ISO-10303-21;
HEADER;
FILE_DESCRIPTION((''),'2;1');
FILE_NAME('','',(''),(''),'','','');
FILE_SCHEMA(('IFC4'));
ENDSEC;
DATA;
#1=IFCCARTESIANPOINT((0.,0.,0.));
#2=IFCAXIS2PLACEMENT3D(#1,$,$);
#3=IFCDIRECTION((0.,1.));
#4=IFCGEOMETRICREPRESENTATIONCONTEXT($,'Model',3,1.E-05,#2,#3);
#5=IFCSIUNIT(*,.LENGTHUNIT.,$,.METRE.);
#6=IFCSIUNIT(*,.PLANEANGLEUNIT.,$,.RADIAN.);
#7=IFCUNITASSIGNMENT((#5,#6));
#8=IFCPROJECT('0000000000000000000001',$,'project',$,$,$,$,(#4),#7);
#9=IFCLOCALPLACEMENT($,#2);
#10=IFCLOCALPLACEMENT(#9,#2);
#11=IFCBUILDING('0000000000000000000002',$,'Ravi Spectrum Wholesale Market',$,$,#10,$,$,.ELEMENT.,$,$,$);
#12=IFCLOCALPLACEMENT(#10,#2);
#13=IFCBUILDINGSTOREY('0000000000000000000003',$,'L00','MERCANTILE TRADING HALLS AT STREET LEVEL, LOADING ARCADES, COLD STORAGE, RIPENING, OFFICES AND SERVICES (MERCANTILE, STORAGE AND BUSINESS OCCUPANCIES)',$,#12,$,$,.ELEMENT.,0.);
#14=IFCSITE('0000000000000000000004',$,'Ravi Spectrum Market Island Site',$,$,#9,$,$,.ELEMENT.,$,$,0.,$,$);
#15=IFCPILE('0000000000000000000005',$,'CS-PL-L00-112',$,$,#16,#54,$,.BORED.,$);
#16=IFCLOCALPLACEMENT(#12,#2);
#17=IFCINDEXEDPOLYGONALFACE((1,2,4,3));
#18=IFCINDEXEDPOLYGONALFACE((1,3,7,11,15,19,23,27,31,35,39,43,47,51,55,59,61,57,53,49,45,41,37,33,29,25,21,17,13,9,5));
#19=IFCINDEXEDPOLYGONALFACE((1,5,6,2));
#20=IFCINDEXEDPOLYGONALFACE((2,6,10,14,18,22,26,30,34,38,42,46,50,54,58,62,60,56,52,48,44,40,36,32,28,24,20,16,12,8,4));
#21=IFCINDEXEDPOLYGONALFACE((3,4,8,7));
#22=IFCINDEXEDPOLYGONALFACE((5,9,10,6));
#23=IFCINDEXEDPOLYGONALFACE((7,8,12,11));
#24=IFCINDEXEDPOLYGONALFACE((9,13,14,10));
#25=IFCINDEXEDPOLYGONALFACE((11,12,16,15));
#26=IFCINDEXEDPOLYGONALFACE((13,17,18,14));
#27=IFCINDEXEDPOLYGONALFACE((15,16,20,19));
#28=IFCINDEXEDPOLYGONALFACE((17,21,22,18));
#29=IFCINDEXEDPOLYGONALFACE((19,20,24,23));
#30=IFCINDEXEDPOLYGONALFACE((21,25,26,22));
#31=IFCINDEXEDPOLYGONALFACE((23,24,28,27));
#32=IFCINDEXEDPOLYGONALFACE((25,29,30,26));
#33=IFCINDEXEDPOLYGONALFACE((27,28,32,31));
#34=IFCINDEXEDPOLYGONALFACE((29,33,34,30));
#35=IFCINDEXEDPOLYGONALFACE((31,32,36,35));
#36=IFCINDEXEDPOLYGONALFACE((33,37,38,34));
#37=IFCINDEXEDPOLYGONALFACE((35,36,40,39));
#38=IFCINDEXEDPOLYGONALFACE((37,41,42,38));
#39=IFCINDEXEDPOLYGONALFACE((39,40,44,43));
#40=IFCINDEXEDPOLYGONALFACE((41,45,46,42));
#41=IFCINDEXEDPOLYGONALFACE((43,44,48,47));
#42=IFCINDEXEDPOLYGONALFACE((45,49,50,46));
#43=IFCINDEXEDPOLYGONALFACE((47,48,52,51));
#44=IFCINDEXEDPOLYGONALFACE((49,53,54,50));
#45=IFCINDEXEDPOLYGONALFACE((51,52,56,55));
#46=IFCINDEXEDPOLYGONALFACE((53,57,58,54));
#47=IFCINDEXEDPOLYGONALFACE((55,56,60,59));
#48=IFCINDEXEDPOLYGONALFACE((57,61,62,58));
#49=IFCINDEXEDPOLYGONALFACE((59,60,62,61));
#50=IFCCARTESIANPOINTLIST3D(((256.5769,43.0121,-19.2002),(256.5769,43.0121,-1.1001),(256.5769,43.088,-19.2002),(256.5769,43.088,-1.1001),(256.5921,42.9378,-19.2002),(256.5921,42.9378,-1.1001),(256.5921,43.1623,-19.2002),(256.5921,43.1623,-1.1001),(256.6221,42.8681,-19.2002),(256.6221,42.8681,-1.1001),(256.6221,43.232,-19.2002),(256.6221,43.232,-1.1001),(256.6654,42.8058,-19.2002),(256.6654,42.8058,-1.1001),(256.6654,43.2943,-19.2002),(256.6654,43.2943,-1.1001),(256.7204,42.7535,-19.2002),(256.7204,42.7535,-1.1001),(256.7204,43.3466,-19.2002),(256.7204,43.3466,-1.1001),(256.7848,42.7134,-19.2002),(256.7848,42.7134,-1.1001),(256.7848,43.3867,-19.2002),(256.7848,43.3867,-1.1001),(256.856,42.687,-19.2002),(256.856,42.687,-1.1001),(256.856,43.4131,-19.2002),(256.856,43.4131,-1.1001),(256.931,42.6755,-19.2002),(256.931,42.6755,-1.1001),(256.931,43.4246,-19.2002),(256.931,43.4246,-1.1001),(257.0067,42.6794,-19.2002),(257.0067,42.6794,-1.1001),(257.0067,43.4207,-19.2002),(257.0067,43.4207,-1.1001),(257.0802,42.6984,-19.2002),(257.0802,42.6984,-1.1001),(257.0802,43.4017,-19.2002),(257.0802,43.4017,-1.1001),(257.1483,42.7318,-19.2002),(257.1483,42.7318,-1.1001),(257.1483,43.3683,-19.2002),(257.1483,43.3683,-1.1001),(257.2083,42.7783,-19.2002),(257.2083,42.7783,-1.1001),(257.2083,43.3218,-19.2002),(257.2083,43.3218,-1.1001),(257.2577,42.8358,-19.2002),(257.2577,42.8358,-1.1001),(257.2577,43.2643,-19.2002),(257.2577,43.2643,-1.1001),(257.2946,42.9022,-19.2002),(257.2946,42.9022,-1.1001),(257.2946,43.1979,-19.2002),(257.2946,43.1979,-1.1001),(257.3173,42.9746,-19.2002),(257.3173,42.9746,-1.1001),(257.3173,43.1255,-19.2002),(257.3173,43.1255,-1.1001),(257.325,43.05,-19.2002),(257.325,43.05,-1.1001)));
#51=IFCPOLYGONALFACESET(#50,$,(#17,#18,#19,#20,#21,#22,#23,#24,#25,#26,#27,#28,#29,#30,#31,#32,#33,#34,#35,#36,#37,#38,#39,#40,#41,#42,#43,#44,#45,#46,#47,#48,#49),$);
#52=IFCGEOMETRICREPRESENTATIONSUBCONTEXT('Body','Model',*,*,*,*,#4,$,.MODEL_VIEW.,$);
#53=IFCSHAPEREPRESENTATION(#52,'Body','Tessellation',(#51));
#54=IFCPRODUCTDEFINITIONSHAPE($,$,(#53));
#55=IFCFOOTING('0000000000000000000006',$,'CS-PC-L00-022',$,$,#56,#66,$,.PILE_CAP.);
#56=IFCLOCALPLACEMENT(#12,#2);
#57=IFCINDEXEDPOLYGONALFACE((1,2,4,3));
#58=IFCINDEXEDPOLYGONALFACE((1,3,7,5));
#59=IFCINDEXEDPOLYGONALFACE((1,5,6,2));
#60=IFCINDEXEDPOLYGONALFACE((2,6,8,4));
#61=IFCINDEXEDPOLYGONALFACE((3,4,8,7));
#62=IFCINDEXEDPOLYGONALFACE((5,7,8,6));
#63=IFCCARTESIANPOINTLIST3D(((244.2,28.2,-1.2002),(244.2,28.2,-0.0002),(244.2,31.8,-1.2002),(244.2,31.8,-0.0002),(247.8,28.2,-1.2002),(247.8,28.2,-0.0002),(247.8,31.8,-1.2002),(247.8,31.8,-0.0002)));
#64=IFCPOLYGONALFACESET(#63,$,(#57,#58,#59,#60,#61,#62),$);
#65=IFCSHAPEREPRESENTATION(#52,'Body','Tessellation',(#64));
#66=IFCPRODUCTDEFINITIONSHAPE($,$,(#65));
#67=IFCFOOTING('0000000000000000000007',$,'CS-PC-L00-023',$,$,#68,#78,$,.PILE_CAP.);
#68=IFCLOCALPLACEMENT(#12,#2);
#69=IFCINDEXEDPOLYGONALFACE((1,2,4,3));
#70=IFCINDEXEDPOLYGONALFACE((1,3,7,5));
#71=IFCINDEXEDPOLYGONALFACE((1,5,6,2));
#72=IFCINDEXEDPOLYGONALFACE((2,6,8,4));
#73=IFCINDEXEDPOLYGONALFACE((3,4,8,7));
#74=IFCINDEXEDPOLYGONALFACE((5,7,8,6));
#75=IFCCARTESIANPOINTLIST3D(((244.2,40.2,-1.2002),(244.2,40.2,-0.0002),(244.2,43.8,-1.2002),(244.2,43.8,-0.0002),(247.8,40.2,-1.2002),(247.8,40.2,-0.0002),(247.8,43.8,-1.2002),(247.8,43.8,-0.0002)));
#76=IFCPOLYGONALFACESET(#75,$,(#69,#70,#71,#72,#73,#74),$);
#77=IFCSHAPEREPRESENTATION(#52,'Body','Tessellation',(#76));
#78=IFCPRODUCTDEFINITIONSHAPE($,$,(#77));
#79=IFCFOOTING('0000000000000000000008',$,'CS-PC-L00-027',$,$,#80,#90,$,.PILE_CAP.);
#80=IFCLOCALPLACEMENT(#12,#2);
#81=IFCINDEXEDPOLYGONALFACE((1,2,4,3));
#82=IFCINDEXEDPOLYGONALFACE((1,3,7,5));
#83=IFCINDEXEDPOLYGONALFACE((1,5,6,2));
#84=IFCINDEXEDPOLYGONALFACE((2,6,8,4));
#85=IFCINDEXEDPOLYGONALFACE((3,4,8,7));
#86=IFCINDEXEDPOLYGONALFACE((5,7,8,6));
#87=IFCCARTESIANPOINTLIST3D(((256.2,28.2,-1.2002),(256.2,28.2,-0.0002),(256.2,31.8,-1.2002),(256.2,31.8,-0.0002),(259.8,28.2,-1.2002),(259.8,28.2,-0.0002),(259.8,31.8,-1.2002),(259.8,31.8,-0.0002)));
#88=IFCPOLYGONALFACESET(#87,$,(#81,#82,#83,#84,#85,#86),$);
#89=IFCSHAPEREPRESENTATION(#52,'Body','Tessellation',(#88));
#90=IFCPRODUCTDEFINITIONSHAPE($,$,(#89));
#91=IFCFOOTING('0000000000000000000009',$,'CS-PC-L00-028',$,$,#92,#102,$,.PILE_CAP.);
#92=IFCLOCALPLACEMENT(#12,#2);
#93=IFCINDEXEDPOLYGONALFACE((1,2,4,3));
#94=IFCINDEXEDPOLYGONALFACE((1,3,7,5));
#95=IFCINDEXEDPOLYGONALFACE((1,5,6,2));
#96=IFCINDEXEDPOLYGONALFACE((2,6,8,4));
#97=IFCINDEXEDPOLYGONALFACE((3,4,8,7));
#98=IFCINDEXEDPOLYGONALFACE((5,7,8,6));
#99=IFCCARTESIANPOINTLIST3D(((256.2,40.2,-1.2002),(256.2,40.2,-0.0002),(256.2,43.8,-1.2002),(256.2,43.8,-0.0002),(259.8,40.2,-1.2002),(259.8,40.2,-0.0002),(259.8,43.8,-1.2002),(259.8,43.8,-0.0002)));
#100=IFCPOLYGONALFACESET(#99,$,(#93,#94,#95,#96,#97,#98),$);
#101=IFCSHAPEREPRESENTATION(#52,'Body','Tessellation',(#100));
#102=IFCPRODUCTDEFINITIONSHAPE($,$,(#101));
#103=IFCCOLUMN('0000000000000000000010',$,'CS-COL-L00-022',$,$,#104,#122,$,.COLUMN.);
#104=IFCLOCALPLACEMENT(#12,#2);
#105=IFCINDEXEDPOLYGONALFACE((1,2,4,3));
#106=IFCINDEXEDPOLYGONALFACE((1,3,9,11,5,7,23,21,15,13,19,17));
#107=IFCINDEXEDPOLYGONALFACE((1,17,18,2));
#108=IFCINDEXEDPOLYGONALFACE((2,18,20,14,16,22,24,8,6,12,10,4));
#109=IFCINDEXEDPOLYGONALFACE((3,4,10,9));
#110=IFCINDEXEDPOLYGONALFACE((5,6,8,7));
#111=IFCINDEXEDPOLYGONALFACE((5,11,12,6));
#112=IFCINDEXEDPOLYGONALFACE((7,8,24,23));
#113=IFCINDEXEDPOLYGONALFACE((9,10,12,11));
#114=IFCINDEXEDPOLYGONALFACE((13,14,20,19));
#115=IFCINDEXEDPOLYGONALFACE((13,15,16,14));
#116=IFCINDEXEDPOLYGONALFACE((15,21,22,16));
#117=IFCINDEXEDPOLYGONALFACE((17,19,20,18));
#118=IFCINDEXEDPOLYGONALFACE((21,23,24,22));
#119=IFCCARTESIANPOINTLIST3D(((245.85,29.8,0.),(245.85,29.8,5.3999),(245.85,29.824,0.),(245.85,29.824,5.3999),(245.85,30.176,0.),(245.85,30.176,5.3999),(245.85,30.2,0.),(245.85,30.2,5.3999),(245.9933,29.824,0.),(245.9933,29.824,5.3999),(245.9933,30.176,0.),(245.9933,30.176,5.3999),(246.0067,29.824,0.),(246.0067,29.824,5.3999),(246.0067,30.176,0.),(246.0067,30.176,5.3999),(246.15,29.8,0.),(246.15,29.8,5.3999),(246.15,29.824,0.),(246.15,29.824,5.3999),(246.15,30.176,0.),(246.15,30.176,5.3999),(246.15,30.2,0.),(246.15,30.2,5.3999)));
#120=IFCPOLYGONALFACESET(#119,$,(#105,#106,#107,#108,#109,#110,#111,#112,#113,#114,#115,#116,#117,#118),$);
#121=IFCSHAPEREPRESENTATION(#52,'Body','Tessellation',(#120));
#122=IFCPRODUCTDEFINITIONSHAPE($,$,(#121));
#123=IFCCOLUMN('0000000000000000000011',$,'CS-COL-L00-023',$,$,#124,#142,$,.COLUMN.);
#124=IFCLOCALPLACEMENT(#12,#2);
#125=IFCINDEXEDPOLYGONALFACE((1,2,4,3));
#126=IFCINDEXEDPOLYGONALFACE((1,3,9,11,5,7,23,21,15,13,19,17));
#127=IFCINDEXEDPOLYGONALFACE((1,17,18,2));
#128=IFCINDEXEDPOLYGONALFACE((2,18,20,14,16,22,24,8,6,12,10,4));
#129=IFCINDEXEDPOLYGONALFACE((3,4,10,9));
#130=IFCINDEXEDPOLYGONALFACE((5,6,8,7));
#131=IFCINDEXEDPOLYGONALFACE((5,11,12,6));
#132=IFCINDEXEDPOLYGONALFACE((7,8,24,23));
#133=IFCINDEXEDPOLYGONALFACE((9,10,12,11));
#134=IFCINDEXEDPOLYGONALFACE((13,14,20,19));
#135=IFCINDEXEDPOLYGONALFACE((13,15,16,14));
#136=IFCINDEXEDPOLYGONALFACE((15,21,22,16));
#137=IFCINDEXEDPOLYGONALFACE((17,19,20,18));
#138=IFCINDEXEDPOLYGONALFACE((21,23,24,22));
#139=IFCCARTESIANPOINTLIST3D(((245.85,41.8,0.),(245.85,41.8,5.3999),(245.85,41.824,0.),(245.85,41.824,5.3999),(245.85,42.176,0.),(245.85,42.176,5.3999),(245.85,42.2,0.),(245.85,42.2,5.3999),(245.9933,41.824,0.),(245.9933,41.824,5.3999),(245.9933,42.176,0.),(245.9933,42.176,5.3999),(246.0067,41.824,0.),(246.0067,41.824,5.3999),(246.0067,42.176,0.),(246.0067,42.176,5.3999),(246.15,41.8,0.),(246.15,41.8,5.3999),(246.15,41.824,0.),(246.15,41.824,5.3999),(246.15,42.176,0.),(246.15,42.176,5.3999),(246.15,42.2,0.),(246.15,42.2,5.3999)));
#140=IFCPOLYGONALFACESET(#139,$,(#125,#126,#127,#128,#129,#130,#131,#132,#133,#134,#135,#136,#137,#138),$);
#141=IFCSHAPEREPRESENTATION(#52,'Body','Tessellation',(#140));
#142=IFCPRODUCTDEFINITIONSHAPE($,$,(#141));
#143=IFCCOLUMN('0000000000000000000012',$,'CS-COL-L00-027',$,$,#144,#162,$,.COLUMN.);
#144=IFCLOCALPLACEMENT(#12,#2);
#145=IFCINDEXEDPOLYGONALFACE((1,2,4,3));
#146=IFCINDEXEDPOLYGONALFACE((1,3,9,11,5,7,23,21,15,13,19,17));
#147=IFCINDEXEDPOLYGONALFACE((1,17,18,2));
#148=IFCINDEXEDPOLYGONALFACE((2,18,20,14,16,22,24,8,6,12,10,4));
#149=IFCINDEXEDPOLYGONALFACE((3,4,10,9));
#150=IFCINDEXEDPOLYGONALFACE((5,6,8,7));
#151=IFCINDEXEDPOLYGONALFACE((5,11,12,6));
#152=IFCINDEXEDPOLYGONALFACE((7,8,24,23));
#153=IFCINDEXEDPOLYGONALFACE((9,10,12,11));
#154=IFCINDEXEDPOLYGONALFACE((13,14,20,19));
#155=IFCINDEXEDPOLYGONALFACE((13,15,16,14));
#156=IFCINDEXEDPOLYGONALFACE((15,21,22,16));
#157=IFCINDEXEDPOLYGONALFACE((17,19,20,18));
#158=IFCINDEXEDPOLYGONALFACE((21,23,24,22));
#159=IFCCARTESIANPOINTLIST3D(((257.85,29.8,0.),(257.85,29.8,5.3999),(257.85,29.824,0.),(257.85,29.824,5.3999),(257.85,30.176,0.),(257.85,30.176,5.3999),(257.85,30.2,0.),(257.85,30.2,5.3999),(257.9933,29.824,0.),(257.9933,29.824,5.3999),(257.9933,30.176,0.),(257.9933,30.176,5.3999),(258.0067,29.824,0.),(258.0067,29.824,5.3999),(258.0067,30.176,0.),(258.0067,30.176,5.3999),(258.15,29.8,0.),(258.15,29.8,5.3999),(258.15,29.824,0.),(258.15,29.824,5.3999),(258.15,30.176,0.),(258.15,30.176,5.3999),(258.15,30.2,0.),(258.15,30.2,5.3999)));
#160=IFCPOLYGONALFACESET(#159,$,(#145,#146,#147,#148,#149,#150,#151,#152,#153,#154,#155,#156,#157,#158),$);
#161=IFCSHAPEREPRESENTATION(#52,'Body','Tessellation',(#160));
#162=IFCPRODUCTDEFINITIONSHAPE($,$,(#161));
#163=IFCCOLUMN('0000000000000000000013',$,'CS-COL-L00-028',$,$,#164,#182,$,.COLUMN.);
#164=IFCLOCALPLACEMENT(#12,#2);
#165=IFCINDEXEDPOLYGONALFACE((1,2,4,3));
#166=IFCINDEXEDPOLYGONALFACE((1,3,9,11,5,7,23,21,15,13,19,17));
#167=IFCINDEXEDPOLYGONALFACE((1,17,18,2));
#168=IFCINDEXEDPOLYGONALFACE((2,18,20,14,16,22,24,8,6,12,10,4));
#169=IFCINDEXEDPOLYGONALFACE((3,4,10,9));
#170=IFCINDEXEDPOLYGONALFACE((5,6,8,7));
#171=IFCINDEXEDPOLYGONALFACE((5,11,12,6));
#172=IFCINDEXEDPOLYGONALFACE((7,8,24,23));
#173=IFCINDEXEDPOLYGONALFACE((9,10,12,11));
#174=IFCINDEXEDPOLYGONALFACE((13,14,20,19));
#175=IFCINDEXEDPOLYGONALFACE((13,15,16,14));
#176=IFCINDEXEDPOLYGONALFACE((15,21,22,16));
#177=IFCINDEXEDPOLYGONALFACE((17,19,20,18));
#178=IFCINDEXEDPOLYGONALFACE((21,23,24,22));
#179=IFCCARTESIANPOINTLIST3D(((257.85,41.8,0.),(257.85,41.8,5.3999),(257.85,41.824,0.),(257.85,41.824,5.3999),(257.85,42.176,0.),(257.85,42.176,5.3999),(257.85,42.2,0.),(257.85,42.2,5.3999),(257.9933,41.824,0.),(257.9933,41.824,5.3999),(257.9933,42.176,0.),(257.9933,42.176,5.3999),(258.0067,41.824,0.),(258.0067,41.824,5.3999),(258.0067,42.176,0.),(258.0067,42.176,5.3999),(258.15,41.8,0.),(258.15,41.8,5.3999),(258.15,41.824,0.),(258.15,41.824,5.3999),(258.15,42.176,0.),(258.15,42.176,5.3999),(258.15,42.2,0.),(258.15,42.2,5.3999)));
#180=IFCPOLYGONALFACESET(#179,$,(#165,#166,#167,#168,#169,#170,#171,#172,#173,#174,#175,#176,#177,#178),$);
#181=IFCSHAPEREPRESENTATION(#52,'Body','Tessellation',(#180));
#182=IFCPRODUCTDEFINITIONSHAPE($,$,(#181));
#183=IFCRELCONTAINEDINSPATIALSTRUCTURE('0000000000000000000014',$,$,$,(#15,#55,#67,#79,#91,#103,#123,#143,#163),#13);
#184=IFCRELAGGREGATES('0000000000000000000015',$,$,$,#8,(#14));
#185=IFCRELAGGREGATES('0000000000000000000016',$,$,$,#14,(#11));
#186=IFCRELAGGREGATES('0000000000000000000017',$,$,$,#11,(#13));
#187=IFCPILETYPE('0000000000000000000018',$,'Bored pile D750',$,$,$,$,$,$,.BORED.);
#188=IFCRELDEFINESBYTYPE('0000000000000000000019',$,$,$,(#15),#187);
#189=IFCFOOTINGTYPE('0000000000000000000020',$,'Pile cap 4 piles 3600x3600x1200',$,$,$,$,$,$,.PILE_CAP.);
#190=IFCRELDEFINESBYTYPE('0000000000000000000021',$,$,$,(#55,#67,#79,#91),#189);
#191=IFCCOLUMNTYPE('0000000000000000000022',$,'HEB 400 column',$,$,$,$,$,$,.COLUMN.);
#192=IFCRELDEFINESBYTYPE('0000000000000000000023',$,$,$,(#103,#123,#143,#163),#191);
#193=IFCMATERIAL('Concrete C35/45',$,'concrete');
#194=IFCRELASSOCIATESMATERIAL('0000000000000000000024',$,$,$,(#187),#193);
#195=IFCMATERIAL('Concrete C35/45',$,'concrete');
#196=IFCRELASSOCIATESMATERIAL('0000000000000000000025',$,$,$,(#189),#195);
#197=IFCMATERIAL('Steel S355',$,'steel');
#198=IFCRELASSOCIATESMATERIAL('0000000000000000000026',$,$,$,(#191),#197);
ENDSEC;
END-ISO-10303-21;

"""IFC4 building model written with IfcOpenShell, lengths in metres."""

from ifc_helpers import new_model, si_unit, direction, frame, origin, origin_2d, place, context, subcontext, project, spatial, rectangle, circle, i_section, extrude, material, material_profile, profile_set, type_object, element, save


model = new_model("IFC4")

# Units and contexts
model_context = context("Model", 3, precision=1e-05, world=origin(), true_north=direction((0.0, 1.0)))
body_context = subcontext(model_context, "Body", "Model", "MODEL_VIEW")
ifc_project = project(units=[si_unit("LENGTHUNIT", "METRE"), si_unit("PLANEANGLEUNIT", "RADIAN")], contexts=[model_context])

# Site, building, storey
site_placement = place(None, origin())
site = spatial("IfcSite", under=ifc_project, at=site_placement, Name="Ravi Spectrum Market Island Site", CompositionType="ELEMENT", RefElevation=0.0)
building_placement = place(site_placement, origin())
building = spatial("IfcBuilding", under=site, at=building_placement, Name="Ravi Spectrum Wholesale Market", CompositionType="ELEMENT")
storey_placement = place(building_placement, origin())
storey = spatial("IfcBuildingStorey", under=building, at=storey_placement, Name="L00", Description="MERCANTILE TRADING HALLS AT STREET LEVEL, LOADING ARCADES, COLD STORAGE, RIPENING, OFFICES AND SERVICES (MERCANTILE, STORAGE AND BUSINESS OCCUPANCIES)", CompositionType="ELEMENT", Elevation=0.0)

# Pile
ifc_material_1 = material(Name="Concrete C35/45", Category="concrete")
ifc_material_profile_1 = material_profile(ifc_material_1, circle(Radius=0.375, at=origin_2d()))
ifc_profile_set_1 = profile_set([ifc_material_profile_1], Name="Concrete C35/45")
pile_type = type_object("IfcPileType", Name="Bored pile D750", PredefinedType="BORED", material=ifc_profile_set_1)
for number, where, z_axis, x_axis, name in (
    (1, (256.95, 43.05, -1.1001), (0.0, 0.0, -1.0), (1.0, 0.0, 0.0), "CS-PL-L00-112"),
):
    element("IfcPile", number, at=place(storey_placement, frame(where, z_axis=z_axis, x_axis=x_axis)), inside=storey, type_object=pile_type, Name=name, PredefinedType="BORED", context=body_context, shape_type="SweptSolid", body=[
        extrude(circle(Radius=0.375, at=origin_2d()), origin(), (0.0, 0.0, 1.0), 18.1001),
    ])

# Footings
ifc_material_2 = material(Name="Concrete C35/45", Category="concrete")
footing_type = type_object("IfcFootingType", Name="Pile cap 4 piles 3600x3600x1200", PredefinedType="PILE_CAP", material=ifc_material_2)
for number, where, z_axis, x_axis, name in (
    (2, (246.0, 30.0, -1.2002), (0.0, 0.0, 1.0), (1.0, 0.0, 0.0), "CS-PC-L00-022"),
    (3, (246.0, 42.0, -1.2002), (0.0, 0.0, 1.0), (1.0, 0.0, 0.0), "CS-PC-L00-023"),
    (4, (258.0, 30.0, -1.2002), (0.0, 0.0, 1.0), (1.0, 0.0, 0.0), "CS-PC-L00-027"),
    (5, (258.0, 42.0, -1.2002), (0.0, 0.0, 1.0), (1.0, 0.0, 0.0), "CS-PC-L00-028"),
):
    element("IfcFooting", number, at=place(storey_placement, frame(where, z_axis=z_axis, x_axis=x_axis)), inside=storey, type_object=footing_type, Name=name, PredefinedType="PILE_CAP", context=body_context, shape_type="SweptSolid", body=[
        extrude(rectangle(XDim=3.6001, YDim=3.6001, at=origin_2d()), origin(), (0.0, 0.0, 1.0), 1.2),
    ])

# Columns
ifc_material_3 = material(Name="Steel S355", Category="steel")
ifc_material_profile_2 = material_profile(ifc_material_3, i_section(OverallWidth=0.3, OverallDepth=0.3999, WebThickness=0.0134, FlangeThickness=0.0239, at=origin_2d()))
ifc_profile_set_2 = profile_set([ifc_material_profile_2], Name="Steel S355")
column_type = type_object("IfcColumnType", Name="HEB 400 column", PredefinedType="COLUMN", material=ifc_profile_set_2)
for number, where, z_axis, x_axis, name in (
    (6, (246.0, 30.0, 0.0), (0.0, 0.0, 1.0), (1.0, 0.0, 0.0), "CS-COL-L00-022"),
    (7, (246.0, 42.0, 0.0), (0.0, 0.0, 1.0), (1.0, 0.0, 0.0), "CS-COL-L00-023"),
    (8, (258.0, 30.0, 0.0), (0.0, 0.0, 1.0), (1.0, 0.0, 0.0), "CS-COL-L00-027"),
    (9, (258.0, 42.0, 0.0), (0.0, 0.0, 1.0), (1.0, 0.0, 0.0), "CS-COL-L00-028"),
):
    element("IfcColumn", number, at=place(storey_placement, frame(where, z_axis=z_axis, x_axis=x_axis)), inside=storey, type_object=column_type, Name=name, PredefinedType="COLUMN", context=body_context, shape_type="SweptSolid", body=[
        extrude(i_section(OverallWidth=0.3, OverallDepth=0.3999, WebThickness=0.0134, FlangeThickness=0.0239, at=origin_2d()), origin(), (0.0, 0.0, 1.0), 5.3999),
    ])

save(model, "model.ifc")
